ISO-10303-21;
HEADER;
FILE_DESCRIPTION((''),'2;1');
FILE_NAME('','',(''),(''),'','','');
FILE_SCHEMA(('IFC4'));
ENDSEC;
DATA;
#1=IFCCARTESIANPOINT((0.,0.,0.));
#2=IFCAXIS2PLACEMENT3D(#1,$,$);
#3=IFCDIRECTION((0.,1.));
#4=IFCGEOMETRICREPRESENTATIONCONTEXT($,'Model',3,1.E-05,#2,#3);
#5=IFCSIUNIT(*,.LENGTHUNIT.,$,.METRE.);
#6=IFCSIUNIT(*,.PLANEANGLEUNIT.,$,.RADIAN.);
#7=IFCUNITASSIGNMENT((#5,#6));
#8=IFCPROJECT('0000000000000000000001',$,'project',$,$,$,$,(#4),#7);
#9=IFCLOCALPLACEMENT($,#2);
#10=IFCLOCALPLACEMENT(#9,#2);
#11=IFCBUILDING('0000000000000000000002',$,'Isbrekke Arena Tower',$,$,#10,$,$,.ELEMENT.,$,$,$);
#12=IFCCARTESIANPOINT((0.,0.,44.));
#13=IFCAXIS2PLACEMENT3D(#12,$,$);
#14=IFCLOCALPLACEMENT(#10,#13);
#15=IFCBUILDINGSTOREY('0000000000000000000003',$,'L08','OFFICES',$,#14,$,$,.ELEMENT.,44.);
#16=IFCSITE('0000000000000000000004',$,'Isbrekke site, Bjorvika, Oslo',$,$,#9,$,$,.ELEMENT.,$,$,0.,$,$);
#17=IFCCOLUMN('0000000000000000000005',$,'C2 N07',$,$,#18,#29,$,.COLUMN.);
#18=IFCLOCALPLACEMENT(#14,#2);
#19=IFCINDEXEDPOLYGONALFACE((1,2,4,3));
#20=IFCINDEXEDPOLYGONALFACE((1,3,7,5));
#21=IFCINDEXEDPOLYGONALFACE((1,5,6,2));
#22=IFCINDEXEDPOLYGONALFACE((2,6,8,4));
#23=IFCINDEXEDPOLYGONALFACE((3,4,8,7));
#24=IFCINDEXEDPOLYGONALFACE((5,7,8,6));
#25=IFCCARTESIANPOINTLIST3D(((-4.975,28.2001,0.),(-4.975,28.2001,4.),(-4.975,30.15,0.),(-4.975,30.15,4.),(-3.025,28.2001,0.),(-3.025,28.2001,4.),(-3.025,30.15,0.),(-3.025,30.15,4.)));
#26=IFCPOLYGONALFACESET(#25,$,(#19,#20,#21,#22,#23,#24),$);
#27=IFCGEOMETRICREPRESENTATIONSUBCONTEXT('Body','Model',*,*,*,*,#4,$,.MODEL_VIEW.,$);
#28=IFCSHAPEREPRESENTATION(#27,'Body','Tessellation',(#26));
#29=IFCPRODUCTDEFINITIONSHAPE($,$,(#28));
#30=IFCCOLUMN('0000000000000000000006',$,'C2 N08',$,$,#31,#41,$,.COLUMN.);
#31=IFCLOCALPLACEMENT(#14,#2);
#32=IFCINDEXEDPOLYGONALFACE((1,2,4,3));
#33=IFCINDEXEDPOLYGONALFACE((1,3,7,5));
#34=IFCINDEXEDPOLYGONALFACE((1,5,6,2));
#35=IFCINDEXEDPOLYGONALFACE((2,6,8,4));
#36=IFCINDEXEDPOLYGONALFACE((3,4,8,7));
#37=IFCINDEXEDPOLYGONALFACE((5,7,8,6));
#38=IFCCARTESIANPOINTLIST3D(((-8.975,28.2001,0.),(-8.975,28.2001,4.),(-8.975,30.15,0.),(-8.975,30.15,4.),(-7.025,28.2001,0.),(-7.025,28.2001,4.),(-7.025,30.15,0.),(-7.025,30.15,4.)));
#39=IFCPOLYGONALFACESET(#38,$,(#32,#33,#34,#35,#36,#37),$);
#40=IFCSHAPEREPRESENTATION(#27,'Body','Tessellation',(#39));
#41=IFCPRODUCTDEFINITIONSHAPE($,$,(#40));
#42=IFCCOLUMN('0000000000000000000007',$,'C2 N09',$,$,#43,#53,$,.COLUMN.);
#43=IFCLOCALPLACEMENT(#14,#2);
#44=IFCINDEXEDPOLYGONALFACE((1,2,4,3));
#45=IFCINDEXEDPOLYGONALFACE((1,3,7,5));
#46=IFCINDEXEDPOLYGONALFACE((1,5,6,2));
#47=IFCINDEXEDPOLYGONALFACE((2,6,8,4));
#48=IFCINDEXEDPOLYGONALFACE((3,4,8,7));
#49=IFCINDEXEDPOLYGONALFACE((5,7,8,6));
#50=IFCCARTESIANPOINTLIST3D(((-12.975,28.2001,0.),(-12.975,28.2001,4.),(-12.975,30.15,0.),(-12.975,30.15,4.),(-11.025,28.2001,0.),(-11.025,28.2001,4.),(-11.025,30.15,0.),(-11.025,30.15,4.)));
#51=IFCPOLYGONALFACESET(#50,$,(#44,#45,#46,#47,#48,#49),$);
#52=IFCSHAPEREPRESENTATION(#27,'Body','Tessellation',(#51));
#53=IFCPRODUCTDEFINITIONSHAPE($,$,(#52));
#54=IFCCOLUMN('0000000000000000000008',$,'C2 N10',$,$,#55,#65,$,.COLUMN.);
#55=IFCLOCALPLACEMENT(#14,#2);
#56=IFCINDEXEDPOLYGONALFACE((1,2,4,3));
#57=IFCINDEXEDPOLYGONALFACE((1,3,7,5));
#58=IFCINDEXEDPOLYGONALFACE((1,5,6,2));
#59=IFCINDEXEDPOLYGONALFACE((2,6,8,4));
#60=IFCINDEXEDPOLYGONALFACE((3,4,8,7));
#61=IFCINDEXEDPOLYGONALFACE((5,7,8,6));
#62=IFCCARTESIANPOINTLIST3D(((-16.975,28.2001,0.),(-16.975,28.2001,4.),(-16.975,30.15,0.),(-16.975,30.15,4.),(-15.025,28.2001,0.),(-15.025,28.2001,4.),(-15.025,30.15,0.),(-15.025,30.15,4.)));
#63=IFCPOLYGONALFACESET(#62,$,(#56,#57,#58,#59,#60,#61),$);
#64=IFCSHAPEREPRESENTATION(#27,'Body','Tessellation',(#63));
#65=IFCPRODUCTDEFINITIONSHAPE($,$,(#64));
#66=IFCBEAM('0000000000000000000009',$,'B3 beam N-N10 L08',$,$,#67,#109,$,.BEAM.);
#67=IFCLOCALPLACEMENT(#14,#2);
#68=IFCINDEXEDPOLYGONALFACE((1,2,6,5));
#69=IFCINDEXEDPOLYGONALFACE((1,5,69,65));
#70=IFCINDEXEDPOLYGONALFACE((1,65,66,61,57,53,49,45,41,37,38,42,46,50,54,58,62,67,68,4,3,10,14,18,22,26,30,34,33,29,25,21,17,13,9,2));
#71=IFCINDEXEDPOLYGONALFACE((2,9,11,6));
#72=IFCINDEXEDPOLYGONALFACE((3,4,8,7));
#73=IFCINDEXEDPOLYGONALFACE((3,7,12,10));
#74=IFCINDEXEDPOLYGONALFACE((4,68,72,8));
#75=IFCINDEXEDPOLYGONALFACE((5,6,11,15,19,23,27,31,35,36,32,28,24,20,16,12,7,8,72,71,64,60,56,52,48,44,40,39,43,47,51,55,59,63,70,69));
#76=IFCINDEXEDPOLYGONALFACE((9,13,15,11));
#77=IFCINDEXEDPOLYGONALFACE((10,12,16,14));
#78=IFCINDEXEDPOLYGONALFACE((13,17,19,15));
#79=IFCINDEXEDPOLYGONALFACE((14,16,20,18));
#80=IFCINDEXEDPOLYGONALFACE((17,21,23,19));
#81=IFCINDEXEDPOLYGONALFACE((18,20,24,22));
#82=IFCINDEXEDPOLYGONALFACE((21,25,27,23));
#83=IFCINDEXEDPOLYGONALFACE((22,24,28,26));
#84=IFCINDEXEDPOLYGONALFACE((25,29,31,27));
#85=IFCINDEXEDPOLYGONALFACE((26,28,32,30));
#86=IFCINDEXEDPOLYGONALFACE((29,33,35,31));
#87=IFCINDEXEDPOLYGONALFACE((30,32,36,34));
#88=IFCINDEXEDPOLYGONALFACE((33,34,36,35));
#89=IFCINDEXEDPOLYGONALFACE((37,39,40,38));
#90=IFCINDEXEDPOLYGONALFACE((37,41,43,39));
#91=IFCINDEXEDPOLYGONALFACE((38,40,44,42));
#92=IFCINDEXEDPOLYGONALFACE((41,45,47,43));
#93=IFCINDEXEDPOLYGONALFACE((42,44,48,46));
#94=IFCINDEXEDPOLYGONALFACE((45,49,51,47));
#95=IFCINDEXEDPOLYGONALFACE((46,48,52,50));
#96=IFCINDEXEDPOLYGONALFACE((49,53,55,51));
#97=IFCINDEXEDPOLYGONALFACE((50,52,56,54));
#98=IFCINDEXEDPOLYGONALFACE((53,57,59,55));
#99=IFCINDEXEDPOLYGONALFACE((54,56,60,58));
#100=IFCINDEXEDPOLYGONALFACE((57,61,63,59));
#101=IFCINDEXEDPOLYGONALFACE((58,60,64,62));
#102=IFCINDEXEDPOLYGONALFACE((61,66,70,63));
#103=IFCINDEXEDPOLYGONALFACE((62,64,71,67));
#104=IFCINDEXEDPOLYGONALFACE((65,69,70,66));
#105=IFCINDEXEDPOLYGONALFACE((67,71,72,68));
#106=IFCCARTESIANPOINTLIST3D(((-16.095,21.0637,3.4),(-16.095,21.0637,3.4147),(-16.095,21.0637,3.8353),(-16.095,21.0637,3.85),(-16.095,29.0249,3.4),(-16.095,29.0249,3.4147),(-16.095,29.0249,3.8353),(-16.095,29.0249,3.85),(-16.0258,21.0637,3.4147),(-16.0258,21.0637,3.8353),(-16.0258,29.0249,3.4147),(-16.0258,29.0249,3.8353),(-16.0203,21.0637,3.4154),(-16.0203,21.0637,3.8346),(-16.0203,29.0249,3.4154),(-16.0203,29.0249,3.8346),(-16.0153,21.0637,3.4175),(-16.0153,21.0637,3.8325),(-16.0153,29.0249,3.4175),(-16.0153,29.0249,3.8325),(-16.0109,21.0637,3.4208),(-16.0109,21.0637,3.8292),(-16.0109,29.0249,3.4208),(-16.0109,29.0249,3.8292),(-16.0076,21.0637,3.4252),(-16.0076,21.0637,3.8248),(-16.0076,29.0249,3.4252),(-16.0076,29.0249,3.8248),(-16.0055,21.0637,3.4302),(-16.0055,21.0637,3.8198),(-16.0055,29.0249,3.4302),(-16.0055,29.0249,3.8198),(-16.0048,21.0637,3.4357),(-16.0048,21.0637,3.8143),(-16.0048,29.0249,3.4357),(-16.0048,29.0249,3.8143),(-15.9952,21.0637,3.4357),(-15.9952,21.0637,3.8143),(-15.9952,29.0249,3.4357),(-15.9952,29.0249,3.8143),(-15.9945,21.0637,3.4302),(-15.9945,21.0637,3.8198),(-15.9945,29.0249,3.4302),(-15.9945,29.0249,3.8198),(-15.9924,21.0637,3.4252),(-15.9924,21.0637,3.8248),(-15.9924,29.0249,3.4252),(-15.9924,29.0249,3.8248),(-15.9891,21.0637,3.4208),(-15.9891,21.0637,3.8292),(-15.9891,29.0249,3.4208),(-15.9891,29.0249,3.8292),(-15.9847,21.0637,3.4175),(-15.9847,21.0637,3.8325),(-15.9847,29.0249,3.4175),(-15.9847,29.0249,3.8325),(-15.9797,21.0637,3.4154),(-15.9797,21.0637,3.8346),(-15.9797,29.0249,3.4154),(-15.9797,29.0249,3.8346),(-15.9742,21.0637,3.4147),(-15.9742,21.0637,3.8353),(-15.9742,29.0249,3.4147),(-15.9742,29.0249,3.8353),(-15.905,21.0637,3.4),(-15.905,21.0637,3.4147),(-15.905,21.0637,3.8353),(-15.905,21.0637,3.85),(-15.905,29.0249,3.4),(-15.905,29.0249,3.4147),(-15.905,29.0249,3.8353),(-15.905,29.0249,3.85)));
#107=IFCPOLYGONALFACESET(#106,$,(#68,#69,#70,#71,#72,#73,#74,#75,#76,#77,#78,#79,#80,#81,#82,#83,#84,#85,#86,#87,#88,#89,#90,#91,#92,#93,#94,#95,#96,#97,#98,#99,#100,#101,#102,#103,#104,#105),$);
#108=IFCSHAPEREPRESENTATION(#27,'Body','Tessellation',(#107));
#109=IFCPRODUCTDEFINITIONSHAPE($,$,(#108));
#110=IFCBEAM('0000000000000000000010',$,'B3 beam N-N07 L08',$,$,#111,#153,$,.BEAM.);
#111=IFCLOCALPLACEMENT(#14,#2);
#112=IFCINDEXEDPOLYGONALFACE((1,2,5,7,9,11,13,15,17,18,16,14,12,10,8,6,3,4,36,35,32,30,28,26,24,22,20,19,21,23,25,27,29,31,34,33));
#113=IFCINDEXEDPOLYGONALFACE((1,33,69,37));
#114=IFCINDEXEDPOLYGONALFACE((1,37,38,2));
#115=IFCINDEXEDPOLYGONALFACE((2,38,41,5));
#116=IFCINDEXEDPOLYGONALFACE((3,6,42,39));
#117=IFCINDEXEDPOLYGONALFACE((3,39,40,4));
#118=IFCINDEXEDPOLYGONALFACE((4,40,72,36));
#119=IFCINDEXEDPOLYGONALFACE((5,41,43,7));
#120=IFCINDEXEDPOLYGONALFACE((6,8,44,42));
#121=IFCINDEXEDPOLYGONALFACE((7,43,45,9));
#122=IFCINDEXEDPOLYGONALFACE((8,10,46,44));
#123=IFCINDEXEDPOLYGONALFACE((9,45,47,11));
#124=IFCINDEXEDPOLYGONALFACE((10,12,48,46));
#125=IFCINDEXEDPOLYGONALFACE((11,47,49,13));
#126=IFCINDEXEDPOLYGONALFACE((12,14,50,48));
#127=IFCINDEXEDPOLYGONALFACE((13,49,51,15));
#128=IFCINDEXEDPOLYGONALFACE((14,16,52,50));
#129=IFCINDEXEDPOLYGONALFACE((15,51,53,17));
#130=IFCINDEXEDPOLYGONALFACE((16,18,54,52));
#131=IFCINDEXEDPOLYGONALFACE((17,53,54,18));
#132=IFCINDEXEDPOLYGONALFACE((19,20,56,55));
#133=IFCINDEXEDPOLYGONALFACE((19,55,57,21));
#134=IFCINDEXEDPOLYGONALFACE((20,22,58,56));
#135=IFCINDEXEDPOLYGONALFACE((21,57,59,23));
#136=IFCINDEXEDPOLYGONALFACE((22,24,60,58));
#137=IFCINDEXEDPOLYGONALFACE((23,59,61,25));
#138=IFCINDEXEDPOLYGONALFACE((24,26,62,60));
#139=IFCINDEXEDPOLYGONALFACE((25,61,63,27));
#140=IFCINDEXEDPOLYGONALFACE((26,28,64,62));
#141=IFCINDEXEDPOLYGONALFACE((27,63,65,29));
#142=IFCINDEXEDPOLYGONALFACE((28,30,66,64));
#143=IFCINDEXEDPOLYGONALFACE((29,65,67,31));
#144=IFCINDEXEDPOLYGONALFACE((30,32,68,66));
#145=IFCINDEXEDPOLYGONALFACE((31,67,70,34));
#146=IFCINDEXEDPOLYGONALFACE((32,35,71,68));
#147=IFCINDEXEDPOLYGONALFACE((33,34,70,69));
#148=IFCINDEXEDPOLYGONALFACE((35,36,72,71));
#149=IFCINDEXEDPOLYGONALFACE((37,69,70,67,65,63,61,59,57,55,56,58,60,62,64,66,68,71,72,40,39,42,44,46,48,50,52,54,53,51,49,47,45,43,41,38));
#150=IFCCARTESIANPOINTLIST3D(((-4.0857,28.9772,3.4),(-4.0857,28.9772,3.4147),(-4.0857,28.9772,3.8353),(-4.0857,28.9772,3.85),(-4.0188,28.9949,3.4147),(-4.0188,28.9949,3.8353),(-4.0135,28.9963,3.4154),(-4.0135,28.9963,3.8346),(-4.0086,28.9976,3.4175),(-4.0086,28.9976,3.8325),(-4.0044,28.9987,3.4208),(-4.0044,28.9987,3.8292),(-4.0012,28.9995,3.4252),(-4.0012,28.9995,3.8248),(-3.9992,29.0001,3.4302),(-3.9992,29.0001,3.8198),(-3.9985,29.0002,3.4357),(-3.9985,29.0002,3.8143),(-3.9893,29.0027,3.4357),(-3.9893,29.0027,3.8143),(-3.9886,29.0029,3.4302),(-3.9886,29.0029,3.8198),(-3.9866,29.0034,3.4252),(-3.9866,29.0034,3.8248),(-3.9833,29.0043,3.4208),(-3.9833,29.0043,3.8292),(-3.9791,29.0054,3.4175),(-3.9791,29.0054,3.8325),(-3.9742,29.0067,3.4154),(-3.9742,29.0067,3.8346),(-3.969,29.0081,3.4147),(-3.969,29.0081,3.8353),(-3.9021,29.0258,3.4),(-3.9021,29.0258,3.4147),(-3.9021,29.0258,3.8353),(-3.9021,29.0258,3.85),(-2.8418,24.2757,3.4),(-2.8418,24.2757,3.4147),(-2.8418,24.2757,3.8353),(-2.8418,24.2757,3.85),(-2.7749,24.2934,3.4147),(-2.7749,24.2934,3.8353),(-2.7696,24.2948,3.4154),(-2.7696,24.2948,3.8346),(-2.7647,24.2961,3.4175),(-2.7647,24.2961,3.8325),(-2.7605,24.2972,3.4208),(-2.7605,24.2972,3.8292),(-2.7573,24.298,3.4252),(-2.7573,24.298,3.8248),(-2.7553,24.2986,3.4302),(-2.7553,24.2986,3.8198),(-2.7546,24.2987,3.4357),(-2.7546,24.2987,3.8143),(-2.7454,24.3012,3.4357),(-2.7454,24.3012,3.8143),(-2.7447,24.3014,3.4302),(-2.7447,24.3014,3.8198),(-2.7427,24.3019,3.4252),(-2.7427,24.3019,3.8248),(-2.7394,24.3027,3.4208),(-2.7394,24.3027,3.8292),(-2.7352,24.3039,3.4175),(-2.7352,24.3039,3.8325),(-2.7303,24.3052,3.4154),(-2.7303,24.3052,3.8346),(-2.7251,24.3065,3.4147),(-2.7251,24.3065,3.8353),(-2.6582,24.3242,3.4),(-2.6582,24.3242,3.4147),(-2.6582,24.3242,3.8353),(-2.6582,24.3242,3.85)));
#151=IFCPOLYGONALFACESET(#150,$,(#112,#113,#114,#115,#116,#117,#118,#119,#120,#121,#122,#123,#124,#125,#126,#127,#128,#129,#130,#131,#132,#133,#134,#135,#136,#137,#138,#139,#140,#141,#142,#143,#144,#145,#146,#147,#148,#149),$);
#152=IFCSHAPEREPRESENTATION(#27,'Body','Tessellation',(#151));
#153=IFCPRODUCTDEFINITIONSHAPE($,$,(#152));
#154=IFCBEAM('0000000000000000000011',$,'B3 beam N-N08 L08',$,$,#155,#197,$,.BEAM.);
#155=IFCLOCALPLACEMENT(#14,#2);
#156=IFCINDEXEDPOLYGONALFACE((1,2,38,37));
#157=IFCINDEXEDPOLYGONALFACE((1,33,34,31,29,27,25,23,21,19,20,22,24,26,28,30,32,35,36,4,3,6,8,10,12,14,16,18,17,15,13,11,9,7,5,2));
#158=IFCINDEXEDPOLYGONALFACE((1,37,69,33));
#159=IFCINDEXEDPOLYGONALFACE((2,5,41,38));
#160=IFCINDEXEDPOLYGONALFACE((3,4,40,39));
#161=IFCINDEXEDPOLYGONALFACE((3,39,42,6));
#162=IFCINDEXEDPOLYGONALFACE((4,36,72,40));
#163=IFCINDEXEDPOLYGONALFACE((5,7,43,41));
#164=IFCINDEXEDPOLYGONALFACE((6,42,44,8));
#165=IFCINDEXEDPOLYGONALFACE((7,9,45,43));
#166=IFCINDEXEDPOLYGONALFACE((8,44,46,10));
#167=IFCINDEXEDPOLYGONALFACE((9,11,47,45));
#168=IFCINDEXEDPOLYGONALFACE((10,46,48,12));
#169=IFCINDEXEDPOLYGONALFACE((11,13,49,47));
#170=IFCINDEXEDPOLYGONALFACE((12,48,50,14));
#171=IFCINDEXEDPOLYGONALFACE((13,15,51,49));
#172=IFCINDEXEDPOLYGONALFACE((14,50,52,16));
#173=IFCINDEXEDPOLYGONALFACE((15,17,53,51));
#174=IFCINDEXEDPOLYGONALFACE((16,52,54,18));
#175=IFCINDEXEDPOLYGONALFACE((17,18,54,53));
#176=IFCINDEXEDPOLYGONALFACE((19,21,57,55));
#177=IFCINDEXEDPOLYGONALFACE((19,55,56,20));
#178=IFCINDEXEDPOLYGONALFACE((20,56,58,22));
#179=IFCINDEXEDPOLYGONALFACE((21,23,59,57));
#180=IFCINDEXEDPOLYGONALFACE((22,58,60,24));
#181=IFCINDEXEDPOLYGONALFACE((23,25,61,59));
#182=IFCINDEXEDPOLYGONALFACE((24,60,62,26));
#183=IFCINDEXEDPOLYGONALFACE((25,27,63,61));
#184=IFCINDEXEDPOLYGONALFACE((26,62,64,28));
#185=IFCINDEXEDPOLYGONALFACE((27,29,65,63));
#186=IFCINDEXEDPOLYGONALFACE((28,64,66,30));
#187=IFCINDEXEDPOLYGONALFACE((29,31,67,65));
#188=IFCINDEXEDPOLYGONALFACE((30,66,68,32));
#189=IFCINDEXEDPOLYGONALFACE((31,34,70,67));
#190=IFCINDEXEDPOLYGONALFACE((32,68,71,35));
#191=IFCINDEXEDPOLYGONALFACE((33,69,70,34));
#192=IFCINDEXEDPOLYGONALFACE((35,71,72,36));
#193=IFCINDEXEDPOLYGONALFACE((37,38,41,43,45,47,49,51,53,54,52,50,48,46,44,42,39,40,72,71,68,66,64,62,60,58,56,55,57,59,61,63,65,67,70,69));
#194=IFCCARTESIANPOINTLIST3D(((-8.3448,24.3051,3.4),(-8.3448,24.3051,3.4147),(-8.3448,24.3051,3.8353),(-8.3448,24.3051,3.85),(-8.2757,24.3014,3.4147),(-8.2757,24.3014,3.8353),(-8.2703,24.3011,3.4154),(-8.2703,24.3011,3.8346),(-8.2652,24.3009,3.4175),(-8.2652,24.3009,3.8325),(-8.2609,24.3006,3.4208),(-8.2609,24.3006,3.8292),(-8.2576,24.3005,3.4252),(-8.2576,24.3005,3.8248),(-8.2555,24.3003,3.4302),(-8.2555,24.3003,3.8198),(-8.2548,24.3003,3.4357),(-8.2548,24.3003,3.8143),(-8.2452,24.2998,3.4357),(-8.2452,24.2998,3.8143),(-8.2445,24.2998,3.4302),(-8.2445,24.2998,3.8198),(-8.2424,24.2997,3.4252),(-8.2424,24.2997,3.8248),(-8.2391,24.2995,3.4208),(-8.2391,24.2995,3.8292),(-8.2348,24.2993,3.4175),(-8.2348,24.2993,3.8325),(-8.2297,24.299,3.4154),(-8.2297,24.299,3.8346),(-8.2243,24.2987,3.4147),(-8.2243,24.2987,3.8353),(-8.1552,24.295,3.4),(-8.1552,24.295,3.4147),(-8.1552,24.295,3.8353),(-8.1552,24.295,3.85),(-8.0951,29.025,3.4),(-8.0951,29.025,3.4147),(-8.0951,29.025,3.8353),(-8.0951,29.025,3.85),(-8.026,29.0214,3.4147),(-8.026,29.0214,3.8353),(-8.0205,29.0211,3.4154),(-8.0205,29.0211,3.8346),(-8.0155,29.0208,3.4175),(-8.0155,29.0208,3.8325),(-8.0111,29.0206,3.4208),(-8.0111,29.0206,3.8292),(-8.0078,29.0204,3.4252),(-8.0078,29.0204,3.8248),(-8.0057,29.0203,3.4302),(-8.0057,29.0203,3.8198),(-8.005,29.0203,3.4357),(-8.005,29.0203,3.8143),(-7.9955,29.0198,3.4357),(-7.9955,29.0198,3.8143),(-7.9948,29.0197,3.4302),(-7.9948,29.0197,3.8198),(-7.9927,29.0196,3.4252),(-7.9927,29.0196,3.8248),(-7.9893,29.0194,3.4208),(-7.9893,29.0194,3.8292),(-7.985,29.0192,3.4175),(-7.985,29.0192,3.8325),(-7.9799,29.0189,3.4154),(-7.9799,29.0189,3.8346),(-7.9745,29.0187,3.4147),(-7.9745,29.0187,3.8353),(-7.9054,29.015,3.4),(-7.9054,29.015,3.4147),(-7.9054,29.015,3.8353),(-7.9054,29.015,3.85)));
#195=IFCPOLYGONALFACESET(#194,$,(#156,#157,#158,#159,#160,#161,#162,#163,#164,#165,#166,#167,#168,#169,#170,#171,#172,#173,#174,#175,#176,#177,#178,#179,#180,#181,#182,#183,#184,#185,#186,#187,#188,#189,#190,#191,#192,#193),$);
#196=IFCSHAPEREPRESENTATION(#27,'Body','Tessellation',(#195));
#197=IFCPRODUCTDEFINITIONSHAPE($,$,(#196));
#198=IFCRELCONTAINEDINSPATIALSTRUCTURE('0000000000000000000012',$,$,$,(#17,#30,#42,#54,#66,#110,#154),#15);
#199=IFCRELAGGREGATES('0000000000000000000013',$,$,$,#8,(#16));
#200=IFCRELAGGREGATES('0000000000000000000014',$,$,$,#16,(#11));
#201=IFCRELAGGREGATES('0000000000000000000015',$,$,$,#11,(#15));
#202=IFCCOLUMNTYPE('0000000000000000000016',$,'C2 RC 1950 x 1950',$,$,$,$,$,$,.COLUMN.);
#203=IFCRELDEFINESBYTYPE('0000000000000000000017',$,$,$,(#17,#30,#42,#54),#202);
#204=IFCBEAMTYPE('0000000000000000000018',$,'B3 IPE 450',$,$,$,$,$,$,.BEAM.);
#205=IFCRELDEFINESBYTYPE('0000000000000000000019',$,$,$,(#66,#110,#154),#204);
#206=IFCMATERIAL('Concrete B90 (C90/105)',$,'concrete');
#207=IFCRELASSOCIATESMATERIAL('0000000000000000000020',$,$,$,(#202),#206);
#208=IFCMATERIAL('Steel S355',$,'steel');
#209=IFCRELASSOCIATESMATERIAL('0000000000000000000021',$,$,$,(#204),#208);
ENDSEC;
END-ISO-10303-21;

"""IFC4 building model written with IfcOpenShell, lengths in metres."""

from ifc_helpers import new_model, si_unit, direction, frame, origin, origin_2d, place, context, subcontext, project, spatial, rectangle, i_section, extrude, material, material_profile, profile_set, type_object, element, save


model = new_model("IFC4")

# Units and contexts
model_context = context("Model", 3, precision=1e-05, world=origin(), true_north=direction((0.0, 1.0)))
body_context = subcontext(model_context, "Body", "Model", "MODEL_VIEW")
ifc_project = project(units=[si_unit("LENGTHUNIT", "METRE"), si_unit("PLANEANGLEUNIT", "RADIAN")], contexts=[model_context])

# Site, building, storey
site_placement = place(None, origin())
site = spatial("IfcSite", under=ifc_project, at=site_placement, Name="Isbrekke site, Bjorvika, Oslo", CompositionType="ELEMENT", RefElevation=0.0)
building_placement = place(site_placement, origin())
building = spatial("IfcBuilding", under=site, at=building_placement, Name="Isbrekke Arena Tower", CompositionType="ELEMENT")
storey_placement = place(building_placement, frame((0.0, 0.0, 44.0)))
storey = spatial("IfcBuildingStorey", under=building, at=storey_placement, Name="L08", Description="OFFICES", CompositionType="ELEMENT", Elevation=44.0)

# Columns
ifc_material_1 = material(Name="Concrete B90 (C90/105)", Category="concrete")
ifc_material_profile_1 = material_profile(ifc_material_1, rectangle(XDim=1.95, YDim=1.95, at=origin_2d()), Name="RC 1950x1950")
ifc_profile_set_1 = profile_set([ifc_material_profile_1], Name="Concrete B90 (C90/105)")
column_type = type_object("IfcColumnType", Name="C2 RC 1950 x 1950", PredefinedType="COLUMN", material=ifc_profile_set_1)
for number, where, z_axis, x_axis, name in (
    (1, (-4.0, 29.175, 0.0), (0.0, 0.0, 1.0), (-1.0, 0.0, 0.0), "C2 N07"),
    (2, (-8.0, 29.175, 0.0), (0.0, 0.0, 1.0), (-1.0, 0.0, 0.0), "C2 N08"),
    (3, (-12.0, 29.175, 0.0), (0.0, 0.0, 1.0), (-1.0, 0.0, 0.0), "C2 N09"),
    (4, (-16.0, 29.175, 0.0), (0.0, 0.0, 1.0), (-1.0, 0.0, 0.0), "C2 N10"),
):
    element("IfcColumn", number, at=place(storey_placement, frame(where, z_axis=z_axis, x_axis=x_axis)), inside=storey, type_object=column_type, Name=name, PredefinedType="COLUMN", context=body_context, shape_type="SweptSolid", body=[
        extrude(rectangle(XDim=1.95, YDim=1.95, at=origin_2d()), origin(), (0.0, 0.0, 1.0), 4.0),
    ])

# Beams
ifc_material_2 = material(Name="Steel S355", Category="steel")
ifc_material_profile_2 = material_profile(ifc_material_2, i_section(OverallWidth=0.1899, OverallDepth=0.45, WebThickness=0.0095, FlangeThickness=0.0146, FilletRadius=0.021, at=origin_2d()), Name="IPE 450")
ifc_profile_set_2 = profile_set([ifc_material_profile_2], Name="Steel S355")
beam_type_1 = type_object("IfcBeamType", Name="B3 IPE 450", PredefinedType="BEAM", material=ifc_profile_set_2)
beam_1_placement = place(storey_placement, frame((-16.0, 29.0249, 3.625), z_axis=(0.0, -1.0, 0.0), x_axis=(1.0, 0.0, 0.0)))
element("IfcBeam", 5, at=beam_1_placement, inside=storey, type_object=beam_type_1, Name="B3 beam N-N10 L08", PredefinedType="BEAM", context=body_context, shape_type="SweptSolid", body=[
    extrude(i_section(OverallWidth=0.1899, OverallDepth=0.45, WebThickness=0.0095, FlangeThickness=0.0146, FilletRadius=0.021, at=origin_2d()), origin(), (0.0, 0.0, 1.0), 7.9612),
])
beam_2_placement = place(storey_placement, frame((-3.9939, 29.0015, 3.625), z_axis=(0.255778, -0.966736, 0.0), x_axis=(0.966736, 0.255778, 0.0)))
element("IfcBeam", 6, at=beam_2_placement, inside=storey, type_object=beam_type_1, Name="B3 beam N-N07 L08", PredefinedType="BEAM", context=body_context, shape_type="SweptSolid", body=[
    extrude(i_section(OverallWidth=0.1899, OverallDepth=0.45, WebThickness=0.0095, FlangeThickness=0.0146, FilletRadius=0.021, at=origin_2d()), origin(), (0.0, 0.0, 1.0), 4.8633),
])
beam_3_placement = place(storey_placement, frame((-8.0002, 29.02, 3.625), z_axis=(-0.052841, -0.998603, 0.0), x_axis=(0.998603, -0.052841, 0.0)))
element("IfcBeam", 7, at=beam_3_placement, inside=storey, type_object=beam_type_1, Name="B3 beam N-N08 L08", PredefinedType="BEAM", context=body_context, shape_type="SweptSolid", body=[
    extrude(i_section(OverallWidth=0.1899, OverallDepth=0.45, WebThickness=0.0095, FlangeThickness=0.0146, FilletRadius=0.021, at=origin_2d()), origin(), (0.0, 0.0, 1.0), 4.7266),
])

save(model, "model.ifc")
